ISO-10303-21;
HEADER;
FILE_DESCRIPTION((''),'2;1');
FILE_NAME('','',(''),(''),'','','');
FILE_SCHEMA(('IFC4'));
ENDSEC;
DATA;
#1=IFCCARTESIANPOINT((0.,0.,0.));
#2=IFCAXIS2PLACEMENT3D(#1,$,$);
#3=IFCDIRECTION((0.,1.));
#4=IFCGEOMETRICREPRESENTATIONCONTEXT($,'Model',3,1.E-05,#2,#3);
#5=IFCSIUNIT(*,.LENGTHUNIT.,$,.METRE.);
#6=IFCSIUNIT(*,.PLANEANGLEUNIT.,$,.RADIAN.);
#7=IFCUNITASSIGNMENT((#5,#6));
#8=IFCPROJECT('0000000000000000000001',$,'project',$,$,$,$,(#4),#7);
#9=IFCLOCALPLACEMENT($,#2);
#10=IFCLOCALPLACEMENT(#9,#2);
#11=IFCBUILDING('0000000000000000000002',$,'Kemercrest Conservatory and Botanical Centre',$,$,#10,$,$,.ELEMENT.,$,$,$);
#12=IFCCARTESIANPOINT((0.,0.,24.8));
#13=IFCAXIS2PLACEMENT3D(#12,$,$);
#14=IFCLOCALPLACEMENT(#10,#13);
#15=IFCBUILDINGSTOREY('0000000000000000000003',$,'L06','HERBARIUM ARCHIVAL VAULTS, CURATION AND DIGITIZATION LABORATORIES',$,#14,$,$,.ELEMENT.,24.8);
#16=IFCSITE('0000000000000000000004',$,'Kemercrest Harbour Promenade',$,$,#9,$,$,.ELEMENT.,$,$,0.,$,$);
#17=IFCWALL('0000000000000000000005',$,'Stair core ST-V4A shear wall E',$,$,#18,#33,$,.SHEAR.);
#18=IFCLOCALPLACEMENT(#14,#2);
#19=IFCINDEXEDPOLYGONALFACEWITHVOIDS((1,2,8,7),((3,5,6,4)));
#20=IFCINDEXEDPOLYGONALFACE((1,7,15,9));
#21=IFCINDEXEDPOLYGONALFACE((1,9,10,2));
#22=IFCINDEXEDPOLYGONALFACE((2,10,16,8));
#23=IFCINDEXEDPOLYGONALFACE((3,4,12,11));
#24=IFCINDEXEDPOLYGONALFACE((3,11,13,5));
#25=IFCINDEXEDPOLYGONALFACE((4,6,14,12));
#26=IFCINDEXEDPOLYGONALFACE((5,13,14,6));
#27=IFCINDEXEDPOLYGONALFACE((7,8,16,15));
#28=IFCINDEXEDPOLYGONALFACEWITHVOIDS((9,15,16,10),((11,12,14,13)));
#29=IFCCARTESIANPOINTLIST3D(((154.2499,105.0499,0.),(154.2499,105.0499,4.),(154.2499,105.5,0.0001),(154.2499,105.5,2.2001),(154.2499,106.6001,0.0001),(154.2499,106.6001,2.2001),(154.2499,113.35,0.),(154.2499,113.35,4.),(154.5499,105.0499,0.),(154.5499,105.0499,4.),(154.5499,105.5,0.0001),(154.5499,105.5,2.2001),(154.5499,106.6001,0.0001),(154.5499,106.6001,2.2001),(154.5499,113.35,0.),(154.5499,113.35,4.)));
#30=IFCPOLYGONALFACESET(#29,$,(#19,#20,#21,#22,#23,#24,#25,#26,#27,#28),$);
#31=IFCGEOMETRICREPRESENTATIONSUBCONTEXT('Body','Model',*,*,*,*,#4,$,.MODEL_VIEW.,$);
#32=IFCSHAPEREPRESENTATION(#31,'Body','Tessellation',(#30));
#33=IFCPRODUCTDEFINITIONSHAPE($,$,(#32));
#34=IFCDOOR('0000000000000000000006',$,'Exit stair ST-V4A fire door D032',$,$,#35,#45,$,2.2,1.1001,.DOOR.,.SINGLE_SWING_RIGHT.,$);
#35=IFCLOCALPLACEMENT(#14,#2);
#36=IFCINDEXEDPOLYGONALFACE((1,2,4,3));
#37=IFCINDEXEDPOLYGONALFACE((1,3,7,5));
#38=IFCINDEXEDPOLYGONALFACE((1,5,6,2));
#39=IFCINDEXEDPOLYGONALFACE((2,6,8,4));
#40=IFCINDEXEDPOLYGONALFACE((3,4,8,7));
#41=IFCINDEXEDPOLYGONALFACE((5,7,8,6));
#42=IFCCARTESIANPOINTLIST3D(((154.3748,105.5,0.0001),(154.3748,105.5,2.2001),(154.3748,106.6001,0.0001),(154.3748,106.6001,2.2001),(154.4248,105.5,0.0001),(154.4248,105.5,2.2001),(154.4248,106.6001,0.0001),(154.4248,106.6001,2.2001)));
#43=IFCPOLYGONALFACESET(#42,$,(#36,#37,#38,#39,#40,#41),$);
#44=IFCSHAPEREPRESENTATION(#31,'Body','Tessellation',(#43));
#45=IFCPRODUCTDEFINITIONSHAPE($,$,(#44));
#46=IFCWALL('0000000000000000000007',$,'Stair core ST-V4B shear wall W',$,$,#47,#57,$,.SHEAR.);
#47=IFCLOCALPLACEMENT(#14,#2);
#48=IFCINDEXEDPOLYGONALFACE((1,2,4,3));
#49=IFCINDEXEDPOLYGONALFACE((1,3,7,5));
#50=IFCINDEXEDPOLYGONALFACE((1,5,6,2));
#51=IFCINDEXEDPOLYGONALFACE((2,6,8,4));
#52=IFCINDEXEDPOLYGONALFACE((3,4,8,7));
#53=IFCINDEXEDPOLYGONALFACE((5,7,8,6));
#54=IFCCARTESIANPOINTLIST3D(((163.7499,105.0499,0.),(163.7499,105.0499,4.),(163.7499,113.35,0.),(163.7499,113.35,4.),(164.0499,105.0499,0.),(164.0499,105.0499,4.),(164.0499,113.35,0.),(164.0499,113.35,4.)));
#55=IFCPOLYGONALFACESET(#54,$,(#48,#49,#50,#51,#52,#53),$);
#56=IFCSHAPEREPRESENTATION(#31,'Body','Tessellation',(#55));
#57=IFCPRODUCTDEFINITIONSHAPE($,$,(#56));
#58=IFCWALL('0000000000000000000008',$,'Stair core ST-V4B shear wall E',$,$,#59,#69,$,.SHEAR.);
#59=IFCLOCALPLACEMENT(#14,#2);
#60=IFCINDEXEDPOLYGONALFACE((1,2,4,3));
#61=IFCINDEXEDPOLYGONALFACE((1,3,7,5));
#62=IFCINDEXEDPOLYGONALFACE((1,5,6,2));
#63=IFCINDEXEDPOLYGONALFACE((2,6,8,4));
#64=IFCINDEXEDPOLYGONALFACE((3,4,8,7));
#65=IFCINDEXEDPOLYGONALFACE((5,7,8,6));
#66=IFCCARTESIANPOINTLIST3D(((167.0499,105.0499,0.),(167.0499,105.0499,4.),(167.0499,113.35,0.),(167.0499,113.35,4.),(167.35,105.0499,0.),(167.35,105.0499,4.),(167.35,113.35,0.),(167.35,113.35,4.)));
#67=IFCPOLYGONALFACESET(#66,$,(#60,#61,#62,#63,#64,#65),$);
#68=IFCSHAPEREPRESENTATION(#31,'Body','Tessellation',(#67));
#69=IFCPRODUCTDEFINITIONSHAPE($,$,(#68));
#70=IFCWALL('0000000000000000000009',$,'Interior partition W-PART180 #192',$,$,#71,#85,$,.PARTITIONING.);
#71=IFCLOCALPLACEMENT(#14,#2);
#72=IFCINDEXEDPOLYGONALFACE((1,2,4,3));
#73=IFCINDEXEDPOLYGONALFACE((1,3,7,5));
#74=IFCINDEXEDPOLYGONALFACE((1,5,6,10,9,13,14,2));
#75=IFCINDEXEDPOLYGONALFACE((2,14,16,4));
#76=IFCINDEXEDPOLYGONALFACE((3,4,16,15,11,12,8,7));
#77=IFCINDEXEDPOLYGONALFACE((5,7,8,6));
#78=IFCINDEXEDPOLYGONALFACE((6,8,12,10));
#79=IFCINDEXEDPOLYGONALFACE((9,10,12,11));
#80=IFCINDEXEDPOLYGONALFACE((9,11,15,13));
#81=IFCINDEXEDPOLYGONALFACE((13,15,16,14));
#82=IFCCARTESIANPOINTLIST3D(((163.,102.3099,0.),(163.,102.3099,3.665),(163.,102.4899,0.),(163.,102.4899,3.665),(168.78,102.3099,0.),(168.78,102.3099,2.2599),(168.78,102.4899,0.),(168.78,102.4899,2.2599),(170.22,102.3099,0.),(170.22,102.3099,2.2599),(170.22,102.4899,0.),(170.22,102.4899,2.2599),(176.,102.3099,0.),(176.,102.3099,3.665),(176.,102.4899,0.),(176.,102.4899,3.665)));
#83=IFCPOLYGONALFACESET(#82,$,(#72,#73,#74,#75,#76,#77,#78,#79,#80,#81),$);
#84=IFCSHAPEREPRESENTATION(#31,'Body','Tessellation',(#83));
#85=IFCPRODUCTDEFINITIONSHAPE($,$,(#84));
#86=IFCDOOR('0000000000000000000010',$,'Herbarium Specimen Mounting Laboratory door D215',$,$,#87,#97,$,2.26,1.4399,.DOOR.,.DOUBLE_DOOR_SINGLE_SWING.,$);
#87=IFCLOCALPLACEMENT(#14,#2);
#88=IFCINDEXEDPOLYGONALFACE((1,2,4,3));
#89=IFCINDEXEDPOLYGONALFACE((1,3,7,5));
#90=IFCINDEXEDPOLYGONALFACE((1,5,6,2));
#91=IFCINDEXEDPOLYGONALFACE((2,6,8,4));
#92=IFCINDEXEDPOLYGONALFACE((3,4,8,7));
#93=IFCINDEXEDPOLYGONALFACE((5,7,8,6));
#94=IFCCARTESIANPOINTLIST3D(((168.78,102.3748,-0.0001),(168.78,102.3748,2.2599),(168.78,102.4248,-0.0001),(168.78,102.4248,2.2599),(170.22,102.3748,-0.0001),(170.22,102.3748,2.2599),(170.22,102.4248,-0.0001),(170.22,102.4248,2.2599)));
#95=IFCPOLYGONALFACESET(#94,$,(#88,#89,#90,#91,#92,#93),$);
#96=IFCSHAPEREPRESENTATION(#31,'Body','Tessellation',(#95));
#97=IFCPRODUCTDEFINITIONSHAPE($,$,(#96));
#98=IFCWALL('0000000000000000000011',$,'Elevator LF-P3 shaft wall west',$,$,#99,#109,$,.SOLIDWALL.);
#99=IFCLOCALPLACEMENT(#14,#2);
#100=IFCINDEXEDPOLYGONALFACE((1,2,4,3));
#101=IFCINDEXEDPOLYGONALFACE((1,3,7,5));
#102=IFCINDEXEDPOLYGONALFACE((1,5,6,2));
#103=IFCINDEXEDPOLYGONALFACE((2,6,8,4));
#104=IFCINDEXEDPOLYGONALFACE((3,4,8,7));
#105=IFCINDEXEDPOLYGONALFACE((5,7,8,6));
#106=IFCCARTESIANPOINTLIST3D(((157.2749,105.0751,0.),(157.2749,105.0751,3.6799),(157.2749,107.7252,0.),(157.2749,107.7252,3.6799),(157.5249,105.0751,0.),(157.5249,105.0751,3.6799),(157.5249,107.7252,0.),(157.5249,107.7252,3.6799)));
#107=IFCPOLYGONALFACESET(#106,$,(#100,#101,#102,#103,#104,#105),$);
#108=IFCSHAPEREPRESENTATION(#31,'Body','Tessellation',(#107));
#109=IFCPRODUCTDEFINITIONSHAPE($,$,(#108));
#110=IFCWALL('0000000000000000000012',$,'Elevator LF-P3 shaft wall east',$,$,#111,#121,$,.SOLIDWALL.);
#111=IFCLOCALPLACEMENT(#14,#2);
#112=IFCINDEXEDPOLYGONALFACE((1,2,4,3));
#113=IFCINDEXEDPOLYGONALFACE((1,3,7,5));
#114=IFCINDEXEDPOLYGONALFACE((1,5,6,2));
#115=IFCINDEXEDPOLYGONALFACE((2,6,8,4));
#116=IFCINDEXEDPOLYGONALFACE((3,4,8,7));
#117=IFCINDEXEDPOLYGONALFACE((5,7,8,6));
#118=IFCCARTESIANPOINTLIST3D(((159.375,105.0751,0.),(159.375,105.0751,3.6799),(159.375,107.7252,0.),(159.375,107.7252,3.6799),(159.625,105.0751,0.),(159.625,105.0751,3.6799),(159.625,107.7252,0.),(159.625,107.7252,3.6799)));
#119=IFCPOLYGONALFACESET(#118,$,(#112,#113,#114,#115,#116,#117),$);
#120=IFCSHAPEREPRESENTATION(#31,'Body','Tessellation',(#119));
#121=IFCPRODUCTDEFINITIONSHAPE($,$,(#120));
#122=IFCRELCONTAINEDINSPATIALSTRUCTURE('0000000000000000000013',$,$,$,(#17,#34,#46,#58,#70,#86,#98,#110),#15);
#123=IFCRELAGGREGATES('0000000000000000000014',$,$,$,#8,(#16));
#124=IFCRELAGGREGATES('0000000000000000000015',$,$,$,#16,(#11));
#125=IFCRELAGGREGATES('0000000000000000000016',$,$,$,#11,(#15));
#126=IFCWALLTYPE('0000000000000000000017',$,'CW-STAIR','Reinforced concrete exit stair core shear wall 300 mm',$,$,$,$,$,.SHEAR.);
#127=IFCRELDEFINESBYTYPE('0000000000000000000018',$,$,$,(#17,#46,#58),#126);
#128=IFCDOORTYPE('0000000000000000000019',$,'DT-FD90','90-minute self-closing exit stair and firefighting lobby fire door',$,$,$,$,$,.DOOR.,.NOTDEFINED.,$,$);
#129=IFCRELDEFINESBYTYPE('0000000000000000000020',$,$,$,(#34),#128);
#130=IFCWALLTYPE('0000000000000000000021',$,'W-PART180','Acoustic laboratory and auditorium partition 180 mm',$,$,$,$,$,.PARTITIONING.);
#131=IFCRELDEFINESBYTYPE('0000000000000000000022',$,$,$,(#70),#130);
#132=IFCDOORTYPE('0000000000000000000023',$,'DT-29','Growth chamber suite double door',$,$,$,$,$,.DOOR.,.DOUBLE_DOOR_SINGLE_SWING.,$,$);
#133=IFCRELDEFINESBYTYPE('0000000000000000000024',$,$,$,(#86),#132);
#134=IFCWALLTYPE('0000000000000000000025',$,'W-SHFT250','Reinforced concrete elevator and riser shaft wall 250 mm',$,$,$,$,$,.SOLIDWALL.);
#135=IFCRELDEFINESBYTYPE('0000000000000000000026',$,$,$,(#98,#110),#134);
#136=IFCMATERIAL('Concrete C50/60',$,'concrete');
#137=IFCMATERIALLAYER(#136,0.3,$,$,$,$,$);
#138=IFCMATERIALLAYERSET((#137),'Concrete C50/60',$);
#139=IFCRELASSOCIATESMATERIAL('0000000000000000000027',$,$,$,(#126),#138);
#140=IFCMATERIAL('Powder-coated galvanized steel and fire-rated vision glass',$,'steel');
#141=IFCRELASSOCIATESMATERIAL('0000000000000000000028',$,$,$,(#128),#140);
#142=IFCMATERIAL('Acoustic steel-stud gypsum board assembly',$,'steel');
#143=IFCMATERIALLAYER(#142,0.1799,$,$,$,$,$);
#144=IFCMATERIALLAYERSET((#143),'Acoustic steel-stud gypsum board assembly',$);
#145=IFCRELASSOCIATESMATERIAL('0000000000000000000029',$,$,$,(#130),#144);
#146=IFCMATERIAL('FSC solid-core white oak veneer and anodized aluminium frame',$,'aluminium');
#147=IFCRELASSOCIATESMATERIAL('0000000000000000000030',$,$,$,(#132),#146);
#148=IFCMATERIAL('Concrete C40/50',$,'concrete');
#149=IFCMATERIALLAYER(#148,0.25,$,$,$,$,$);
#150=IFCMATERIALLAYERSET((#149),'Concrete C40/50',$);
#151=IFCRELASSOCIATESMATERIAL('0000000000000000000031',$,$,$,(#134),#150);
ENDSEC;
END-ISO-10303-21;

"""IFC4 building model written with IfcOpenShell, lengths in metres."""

from ifc_helpers import new_model, si_unit, direction, frame, frame_2d, origin, place, context, subcontext, project, spatial, rectangle, extrude, material, layer, layer_set, type_object, element, fill, save


model = new_model("IFC4")

# Units and contexts
model_context = context("Model", 3, precision=1e-05, world=origin(), true_north=direction((0.0, 1.0)))
body_context = subcontext(model_context, "Body", "Model", "MODEL_VIEW")
ifc_project = project(units=[si_unit("LENGTHUNIT", "METRE"), si_unit("PLANEANGLEUNIT", "RADIAN")], contexts=[model_context])

# Site, building, storey
site_placement = place(None, origin())
site = spatial("IfcSite", under=ifc_project, at=site_placement, Name="Kemercrest Harbour Promenade", CompositionType="ELEMENT", RefElevation=0.0)
building_placement = place(site_placement, origin())
building = spatial("IfcBuilding", under=site, at=building_placement, Name="Kemercrest Conservatory and Botanical Centre", CompositionType="ELEMENT")
storey_placement = place(building_placement, frame((0.0, 0.0, 24.8)))
storey = spatial("IfcBuildingStorey", under=building, at=storey_placement, Name="L06", Description="HERBARIUM ARCHIVAL VAULTS, CURATION AND DIGITIZATION LABORATORIES", CompositionType="ELEMENT", Elevation=24.8)

# Shared definitions
ifc_material_1 = material(Name="Concrete C50/60", Category="concrete")

# Shared definitions
ifc_material_2 = material(Name="Concrete C40/50", Category="concrete")

# Shared definitions
ifc_layer_1 = layer(ifc_material_1, 0.3)
ifc_layer_set_1 = layer_set([ifc_layer_1], Name="Concrete C50/60")
wall_type_1 = type_object("IfcWallType", Name="CW-STAIR", Description="Reinforced concrete exit stair core shear wall 300 mm", PredefinedType="SHEAR", material=ifc_layer_set_1)

# Wall, opening, door
wall_1_placement = place(storey_placement, frame((154.3999, 105.05, 0.0), z_axis=(0.0, 0.0, 1.0), x_axis=(0.0, 1.0, 0.0)))
wall_1 = element("IfcWall", 1, at=wall_1_placement, inside=storey, type_object=wall_type_1, Name="Stair core ST-V4A shear wall E", PredefinedType="SHEAR", context=body_context, shape_type="SweptSolid", body=[
    extrude(rectangle(XDim=8.3, YDim=0.3, at=frame_2d((4.1499, 0.0))), origin(), (0.0, 0.0, 1.0), 4.0),
])
opening_1_placement = place(wall_1_placement, frame((0.45, 0.0, 0.0)))
opening_1 = element("IfcOpeningElement", 2, at=opening_1_placement, cuts=wall_1, PredefinedType="OPENING", context=body_context, shape_type="SweptSolid", body=[
    extrude(rectangle(XDim=1.1001, YDim=2.2, at=frame_2d((0.55, 1.1001))), frame((0.0, 0.1602, 0.0), z_axis=(0.0, -1.0, 0.0), x_axis=(1.0, 0.0, 0.0)), (0.0, 0.0, 1.0), 0.3201),
])
ifc_material_3 = material(Name="Powder-coated galvanized steel and fire-rated vision glass", Category="steel")
door_type_1 = type_object("IfcDoorType", Name="DT-FD90", Description="90-minute self-closing exit stair and firefighting lobby fire door", OperationType="NOTDEFINED", PredefinedType="DOOR", material=ifc_material_3)
door_1_placement = place(opening_1_placement, frame((1.1001, 0.0, 0.0), z_axis=(0.0, 0.0, 1.0), x_axis=(-1.0, 0.0, 0.0)))
door_1 = element("IfcDoor", 3, at=door_1_placement, inside=storey, type_object=door_type_1, Name="Exit stair ST-V4A fire door D032", OperationType="SINGLE_SWING_RIGHT", OverallHeight=2.2, OverallWidth=1.1001, PredefinedType="DOOR", context=body_context, shape_type="SweptSolid", body=[
    extrude(rectangle(XDim=1.1001, YDim=2.2, at=frame_2d((0.55, 1.1001))), frame((0.0, 0.0249, 0.0), z_axis=(0.0, -1.0, 0.0), x_axis=(1.0, 0.0, 0.0)), (0.0, 0.0, 1.0), 0.05),
])
fill(opening_1, door_1)

# Walls
for number, where, z_axis, x_axis, name in (
    (4, (163.8999, 105.05, 0.0), (0.0, 0.0, 1.0), (0.0, 1.0, 0.0), "Stair core ST-V4B shear wall W"),
    (5, (167.2, 105.05, 0.0), (0.0, 0.0, 1.0), (0.0, 1.0, 0.0), "Stair core ST-V4B shear wall E"),
):
    element("IfcWall", number, at=place(storey_placement, frame(where, z_axis=z_axis, x_axis=x_axis)), inside=storey, type_object=wall_type_1, Name=name, PredefinedType="SHEAR", context=body_context, shape_type="SweptSolid", body=[
        extrude(rectangle(XDim=8.3, YDim=0.3, at=frame_2d((4.1499, 0.0))), origin(), (0.0, 0.0, 1.0), 4.0),
    ])

# Wall, opening, door
ifc_material_4 = material(Name="Acoustic steel-stud gypsum board assembly", Category="steel")
ifc_layer_2 = layer(ifc_material_4, 0.1799)
ifc_layer_set_2 = layer_set([ifc_layer_2], Name="Acoustic steel-stud gypsum board assembly")
wall_type_2 = type_object("IfcWallType", Name="W-PART180", Description="Acoustic laboratory and auditorium partition 180 mm", PredefinedType="PARTITIONING", material=ifc_layer_set_2)
wall_2_placement = place(storey_placement, frame((163.0, 102.3999, 0.0), z_axis=(0.0, 0.0, 1.0), x_axis=(1.0, 0.0, 0.0)))
wall_2 = element("IfcWall", 6, at=wall_2_placement, inside=storey, type_object=wall_type_2, Name="Interior partition W-PART180 #192", PredefinedType="PARTITIONING", context=body_context, shape_type="SweptSolid", body=[
    extrude(rectangle(XDim=13.0, YDim=0.1799, at=frame_2d((6.5, 0.0))), origin(), (0.0, 0.0, 1.0), 3.665),
])
opening_2_placement = place(wall_2_placement, frame((5.78, 0.0, 0.0)))
opening_2 = element("IfcOpeningElement", 7, at=opening_2_placement, cuts=wall_2, PredefinedType="OPENING", context=body_context, shape_type="SweptSolid", body=[
    extrude(rectangle(XDim=1.4399, YDim=2.26, at=frame_2d((0.72, 1.1299))), frame((0.0, 0.1001, 0.0), z_axis=(0.0, -1.0, 0.0), x_axis=(1.0, 0.0, 0.0)), (0.0, 0.0, 1.0), 0.2),
])
ifc_material_5 = material(Name="FSC solid-core white oak veneer and anodized aluminium frame", Category="aluminium")
door_type_2 = type_object("IfcDoorType", Name="DT-29", Description="Growth chamber suite double door", OperationType="DOUBLE_DOOR_SINGLE_SWING", PredefinedType="DOOR", material=ifc_material_5)
door_2_placement = place(opening_2_placement, origin())
door_2 = element("IfcDoor", 8, at=door_2_placement, inside=storey, type_object=door_type_2, Name="Herbarium Specimen Mounting Laboratory door D215", OperationType="DOUBLE_DOOR_SINGLE_SWING", OverallHeight=2.26, OverallWidth=1.4399, PredefinedType="DOOR", context=body_context, shape_type="SweptSolid", body=[
    extrude(rectangle(XDim=1.4399, YDim=2.26, at=frame_2d((0.72, 1.1299))), frame((0.0, 0.0249, 0.0), z_axis=(0.0, -1.0, 0.0), x_axis=(1.0, 0.0, 0.0)), (0.0, 0.0, 1.0), 0.05),
])
fill(opening_2, door_2)

# Walls
ifc_layer_3 = layer(ifc_material_2, 0.25)
ifc_layer_set_3 = layer_set([ifc_layer_3], Name="Concrete C40/50")
wall_type_3 = type_object("IfcWallType", Name="W-SHFT250", Description="Reinforced concrete elevator and riser shaft wall 250 mm", PredefinedType="SOLIDWALL", material=ifc_layer_set_3)
for number, where, z_axis, x_axis, name in (
    (9, (157.3999, 105.075, 0.0), (0.0, 0.0, 1.0), (0.0, 1.0, 0.0), "Elevator LF-P3 shaft wall west"),
    (10, (159.5, 105.075, 0.0), (0.0, 0.0, 1.0), (0.0, 1.0, 0.0), "Elevator LF-P3 shaft wall east"),
):
    element("IfcWall", number, at=place(storey_placement, frame(where, z_axis=z_axis, x_axis=x_axis)), inside=storey, type_object=wall_type_3, Name=name, PredefinedType="SOLIDWALL", context=body_context, shape_type="SweptSolid", body=[
        extrude(rectangle(XDim=2.6501, YDim=0.25, at=frame_2d((1.3252, 0.0))), origin(), (0.0, 0.0, 1.0), 3.6799),
    ])

save(model, "model.ifc")
